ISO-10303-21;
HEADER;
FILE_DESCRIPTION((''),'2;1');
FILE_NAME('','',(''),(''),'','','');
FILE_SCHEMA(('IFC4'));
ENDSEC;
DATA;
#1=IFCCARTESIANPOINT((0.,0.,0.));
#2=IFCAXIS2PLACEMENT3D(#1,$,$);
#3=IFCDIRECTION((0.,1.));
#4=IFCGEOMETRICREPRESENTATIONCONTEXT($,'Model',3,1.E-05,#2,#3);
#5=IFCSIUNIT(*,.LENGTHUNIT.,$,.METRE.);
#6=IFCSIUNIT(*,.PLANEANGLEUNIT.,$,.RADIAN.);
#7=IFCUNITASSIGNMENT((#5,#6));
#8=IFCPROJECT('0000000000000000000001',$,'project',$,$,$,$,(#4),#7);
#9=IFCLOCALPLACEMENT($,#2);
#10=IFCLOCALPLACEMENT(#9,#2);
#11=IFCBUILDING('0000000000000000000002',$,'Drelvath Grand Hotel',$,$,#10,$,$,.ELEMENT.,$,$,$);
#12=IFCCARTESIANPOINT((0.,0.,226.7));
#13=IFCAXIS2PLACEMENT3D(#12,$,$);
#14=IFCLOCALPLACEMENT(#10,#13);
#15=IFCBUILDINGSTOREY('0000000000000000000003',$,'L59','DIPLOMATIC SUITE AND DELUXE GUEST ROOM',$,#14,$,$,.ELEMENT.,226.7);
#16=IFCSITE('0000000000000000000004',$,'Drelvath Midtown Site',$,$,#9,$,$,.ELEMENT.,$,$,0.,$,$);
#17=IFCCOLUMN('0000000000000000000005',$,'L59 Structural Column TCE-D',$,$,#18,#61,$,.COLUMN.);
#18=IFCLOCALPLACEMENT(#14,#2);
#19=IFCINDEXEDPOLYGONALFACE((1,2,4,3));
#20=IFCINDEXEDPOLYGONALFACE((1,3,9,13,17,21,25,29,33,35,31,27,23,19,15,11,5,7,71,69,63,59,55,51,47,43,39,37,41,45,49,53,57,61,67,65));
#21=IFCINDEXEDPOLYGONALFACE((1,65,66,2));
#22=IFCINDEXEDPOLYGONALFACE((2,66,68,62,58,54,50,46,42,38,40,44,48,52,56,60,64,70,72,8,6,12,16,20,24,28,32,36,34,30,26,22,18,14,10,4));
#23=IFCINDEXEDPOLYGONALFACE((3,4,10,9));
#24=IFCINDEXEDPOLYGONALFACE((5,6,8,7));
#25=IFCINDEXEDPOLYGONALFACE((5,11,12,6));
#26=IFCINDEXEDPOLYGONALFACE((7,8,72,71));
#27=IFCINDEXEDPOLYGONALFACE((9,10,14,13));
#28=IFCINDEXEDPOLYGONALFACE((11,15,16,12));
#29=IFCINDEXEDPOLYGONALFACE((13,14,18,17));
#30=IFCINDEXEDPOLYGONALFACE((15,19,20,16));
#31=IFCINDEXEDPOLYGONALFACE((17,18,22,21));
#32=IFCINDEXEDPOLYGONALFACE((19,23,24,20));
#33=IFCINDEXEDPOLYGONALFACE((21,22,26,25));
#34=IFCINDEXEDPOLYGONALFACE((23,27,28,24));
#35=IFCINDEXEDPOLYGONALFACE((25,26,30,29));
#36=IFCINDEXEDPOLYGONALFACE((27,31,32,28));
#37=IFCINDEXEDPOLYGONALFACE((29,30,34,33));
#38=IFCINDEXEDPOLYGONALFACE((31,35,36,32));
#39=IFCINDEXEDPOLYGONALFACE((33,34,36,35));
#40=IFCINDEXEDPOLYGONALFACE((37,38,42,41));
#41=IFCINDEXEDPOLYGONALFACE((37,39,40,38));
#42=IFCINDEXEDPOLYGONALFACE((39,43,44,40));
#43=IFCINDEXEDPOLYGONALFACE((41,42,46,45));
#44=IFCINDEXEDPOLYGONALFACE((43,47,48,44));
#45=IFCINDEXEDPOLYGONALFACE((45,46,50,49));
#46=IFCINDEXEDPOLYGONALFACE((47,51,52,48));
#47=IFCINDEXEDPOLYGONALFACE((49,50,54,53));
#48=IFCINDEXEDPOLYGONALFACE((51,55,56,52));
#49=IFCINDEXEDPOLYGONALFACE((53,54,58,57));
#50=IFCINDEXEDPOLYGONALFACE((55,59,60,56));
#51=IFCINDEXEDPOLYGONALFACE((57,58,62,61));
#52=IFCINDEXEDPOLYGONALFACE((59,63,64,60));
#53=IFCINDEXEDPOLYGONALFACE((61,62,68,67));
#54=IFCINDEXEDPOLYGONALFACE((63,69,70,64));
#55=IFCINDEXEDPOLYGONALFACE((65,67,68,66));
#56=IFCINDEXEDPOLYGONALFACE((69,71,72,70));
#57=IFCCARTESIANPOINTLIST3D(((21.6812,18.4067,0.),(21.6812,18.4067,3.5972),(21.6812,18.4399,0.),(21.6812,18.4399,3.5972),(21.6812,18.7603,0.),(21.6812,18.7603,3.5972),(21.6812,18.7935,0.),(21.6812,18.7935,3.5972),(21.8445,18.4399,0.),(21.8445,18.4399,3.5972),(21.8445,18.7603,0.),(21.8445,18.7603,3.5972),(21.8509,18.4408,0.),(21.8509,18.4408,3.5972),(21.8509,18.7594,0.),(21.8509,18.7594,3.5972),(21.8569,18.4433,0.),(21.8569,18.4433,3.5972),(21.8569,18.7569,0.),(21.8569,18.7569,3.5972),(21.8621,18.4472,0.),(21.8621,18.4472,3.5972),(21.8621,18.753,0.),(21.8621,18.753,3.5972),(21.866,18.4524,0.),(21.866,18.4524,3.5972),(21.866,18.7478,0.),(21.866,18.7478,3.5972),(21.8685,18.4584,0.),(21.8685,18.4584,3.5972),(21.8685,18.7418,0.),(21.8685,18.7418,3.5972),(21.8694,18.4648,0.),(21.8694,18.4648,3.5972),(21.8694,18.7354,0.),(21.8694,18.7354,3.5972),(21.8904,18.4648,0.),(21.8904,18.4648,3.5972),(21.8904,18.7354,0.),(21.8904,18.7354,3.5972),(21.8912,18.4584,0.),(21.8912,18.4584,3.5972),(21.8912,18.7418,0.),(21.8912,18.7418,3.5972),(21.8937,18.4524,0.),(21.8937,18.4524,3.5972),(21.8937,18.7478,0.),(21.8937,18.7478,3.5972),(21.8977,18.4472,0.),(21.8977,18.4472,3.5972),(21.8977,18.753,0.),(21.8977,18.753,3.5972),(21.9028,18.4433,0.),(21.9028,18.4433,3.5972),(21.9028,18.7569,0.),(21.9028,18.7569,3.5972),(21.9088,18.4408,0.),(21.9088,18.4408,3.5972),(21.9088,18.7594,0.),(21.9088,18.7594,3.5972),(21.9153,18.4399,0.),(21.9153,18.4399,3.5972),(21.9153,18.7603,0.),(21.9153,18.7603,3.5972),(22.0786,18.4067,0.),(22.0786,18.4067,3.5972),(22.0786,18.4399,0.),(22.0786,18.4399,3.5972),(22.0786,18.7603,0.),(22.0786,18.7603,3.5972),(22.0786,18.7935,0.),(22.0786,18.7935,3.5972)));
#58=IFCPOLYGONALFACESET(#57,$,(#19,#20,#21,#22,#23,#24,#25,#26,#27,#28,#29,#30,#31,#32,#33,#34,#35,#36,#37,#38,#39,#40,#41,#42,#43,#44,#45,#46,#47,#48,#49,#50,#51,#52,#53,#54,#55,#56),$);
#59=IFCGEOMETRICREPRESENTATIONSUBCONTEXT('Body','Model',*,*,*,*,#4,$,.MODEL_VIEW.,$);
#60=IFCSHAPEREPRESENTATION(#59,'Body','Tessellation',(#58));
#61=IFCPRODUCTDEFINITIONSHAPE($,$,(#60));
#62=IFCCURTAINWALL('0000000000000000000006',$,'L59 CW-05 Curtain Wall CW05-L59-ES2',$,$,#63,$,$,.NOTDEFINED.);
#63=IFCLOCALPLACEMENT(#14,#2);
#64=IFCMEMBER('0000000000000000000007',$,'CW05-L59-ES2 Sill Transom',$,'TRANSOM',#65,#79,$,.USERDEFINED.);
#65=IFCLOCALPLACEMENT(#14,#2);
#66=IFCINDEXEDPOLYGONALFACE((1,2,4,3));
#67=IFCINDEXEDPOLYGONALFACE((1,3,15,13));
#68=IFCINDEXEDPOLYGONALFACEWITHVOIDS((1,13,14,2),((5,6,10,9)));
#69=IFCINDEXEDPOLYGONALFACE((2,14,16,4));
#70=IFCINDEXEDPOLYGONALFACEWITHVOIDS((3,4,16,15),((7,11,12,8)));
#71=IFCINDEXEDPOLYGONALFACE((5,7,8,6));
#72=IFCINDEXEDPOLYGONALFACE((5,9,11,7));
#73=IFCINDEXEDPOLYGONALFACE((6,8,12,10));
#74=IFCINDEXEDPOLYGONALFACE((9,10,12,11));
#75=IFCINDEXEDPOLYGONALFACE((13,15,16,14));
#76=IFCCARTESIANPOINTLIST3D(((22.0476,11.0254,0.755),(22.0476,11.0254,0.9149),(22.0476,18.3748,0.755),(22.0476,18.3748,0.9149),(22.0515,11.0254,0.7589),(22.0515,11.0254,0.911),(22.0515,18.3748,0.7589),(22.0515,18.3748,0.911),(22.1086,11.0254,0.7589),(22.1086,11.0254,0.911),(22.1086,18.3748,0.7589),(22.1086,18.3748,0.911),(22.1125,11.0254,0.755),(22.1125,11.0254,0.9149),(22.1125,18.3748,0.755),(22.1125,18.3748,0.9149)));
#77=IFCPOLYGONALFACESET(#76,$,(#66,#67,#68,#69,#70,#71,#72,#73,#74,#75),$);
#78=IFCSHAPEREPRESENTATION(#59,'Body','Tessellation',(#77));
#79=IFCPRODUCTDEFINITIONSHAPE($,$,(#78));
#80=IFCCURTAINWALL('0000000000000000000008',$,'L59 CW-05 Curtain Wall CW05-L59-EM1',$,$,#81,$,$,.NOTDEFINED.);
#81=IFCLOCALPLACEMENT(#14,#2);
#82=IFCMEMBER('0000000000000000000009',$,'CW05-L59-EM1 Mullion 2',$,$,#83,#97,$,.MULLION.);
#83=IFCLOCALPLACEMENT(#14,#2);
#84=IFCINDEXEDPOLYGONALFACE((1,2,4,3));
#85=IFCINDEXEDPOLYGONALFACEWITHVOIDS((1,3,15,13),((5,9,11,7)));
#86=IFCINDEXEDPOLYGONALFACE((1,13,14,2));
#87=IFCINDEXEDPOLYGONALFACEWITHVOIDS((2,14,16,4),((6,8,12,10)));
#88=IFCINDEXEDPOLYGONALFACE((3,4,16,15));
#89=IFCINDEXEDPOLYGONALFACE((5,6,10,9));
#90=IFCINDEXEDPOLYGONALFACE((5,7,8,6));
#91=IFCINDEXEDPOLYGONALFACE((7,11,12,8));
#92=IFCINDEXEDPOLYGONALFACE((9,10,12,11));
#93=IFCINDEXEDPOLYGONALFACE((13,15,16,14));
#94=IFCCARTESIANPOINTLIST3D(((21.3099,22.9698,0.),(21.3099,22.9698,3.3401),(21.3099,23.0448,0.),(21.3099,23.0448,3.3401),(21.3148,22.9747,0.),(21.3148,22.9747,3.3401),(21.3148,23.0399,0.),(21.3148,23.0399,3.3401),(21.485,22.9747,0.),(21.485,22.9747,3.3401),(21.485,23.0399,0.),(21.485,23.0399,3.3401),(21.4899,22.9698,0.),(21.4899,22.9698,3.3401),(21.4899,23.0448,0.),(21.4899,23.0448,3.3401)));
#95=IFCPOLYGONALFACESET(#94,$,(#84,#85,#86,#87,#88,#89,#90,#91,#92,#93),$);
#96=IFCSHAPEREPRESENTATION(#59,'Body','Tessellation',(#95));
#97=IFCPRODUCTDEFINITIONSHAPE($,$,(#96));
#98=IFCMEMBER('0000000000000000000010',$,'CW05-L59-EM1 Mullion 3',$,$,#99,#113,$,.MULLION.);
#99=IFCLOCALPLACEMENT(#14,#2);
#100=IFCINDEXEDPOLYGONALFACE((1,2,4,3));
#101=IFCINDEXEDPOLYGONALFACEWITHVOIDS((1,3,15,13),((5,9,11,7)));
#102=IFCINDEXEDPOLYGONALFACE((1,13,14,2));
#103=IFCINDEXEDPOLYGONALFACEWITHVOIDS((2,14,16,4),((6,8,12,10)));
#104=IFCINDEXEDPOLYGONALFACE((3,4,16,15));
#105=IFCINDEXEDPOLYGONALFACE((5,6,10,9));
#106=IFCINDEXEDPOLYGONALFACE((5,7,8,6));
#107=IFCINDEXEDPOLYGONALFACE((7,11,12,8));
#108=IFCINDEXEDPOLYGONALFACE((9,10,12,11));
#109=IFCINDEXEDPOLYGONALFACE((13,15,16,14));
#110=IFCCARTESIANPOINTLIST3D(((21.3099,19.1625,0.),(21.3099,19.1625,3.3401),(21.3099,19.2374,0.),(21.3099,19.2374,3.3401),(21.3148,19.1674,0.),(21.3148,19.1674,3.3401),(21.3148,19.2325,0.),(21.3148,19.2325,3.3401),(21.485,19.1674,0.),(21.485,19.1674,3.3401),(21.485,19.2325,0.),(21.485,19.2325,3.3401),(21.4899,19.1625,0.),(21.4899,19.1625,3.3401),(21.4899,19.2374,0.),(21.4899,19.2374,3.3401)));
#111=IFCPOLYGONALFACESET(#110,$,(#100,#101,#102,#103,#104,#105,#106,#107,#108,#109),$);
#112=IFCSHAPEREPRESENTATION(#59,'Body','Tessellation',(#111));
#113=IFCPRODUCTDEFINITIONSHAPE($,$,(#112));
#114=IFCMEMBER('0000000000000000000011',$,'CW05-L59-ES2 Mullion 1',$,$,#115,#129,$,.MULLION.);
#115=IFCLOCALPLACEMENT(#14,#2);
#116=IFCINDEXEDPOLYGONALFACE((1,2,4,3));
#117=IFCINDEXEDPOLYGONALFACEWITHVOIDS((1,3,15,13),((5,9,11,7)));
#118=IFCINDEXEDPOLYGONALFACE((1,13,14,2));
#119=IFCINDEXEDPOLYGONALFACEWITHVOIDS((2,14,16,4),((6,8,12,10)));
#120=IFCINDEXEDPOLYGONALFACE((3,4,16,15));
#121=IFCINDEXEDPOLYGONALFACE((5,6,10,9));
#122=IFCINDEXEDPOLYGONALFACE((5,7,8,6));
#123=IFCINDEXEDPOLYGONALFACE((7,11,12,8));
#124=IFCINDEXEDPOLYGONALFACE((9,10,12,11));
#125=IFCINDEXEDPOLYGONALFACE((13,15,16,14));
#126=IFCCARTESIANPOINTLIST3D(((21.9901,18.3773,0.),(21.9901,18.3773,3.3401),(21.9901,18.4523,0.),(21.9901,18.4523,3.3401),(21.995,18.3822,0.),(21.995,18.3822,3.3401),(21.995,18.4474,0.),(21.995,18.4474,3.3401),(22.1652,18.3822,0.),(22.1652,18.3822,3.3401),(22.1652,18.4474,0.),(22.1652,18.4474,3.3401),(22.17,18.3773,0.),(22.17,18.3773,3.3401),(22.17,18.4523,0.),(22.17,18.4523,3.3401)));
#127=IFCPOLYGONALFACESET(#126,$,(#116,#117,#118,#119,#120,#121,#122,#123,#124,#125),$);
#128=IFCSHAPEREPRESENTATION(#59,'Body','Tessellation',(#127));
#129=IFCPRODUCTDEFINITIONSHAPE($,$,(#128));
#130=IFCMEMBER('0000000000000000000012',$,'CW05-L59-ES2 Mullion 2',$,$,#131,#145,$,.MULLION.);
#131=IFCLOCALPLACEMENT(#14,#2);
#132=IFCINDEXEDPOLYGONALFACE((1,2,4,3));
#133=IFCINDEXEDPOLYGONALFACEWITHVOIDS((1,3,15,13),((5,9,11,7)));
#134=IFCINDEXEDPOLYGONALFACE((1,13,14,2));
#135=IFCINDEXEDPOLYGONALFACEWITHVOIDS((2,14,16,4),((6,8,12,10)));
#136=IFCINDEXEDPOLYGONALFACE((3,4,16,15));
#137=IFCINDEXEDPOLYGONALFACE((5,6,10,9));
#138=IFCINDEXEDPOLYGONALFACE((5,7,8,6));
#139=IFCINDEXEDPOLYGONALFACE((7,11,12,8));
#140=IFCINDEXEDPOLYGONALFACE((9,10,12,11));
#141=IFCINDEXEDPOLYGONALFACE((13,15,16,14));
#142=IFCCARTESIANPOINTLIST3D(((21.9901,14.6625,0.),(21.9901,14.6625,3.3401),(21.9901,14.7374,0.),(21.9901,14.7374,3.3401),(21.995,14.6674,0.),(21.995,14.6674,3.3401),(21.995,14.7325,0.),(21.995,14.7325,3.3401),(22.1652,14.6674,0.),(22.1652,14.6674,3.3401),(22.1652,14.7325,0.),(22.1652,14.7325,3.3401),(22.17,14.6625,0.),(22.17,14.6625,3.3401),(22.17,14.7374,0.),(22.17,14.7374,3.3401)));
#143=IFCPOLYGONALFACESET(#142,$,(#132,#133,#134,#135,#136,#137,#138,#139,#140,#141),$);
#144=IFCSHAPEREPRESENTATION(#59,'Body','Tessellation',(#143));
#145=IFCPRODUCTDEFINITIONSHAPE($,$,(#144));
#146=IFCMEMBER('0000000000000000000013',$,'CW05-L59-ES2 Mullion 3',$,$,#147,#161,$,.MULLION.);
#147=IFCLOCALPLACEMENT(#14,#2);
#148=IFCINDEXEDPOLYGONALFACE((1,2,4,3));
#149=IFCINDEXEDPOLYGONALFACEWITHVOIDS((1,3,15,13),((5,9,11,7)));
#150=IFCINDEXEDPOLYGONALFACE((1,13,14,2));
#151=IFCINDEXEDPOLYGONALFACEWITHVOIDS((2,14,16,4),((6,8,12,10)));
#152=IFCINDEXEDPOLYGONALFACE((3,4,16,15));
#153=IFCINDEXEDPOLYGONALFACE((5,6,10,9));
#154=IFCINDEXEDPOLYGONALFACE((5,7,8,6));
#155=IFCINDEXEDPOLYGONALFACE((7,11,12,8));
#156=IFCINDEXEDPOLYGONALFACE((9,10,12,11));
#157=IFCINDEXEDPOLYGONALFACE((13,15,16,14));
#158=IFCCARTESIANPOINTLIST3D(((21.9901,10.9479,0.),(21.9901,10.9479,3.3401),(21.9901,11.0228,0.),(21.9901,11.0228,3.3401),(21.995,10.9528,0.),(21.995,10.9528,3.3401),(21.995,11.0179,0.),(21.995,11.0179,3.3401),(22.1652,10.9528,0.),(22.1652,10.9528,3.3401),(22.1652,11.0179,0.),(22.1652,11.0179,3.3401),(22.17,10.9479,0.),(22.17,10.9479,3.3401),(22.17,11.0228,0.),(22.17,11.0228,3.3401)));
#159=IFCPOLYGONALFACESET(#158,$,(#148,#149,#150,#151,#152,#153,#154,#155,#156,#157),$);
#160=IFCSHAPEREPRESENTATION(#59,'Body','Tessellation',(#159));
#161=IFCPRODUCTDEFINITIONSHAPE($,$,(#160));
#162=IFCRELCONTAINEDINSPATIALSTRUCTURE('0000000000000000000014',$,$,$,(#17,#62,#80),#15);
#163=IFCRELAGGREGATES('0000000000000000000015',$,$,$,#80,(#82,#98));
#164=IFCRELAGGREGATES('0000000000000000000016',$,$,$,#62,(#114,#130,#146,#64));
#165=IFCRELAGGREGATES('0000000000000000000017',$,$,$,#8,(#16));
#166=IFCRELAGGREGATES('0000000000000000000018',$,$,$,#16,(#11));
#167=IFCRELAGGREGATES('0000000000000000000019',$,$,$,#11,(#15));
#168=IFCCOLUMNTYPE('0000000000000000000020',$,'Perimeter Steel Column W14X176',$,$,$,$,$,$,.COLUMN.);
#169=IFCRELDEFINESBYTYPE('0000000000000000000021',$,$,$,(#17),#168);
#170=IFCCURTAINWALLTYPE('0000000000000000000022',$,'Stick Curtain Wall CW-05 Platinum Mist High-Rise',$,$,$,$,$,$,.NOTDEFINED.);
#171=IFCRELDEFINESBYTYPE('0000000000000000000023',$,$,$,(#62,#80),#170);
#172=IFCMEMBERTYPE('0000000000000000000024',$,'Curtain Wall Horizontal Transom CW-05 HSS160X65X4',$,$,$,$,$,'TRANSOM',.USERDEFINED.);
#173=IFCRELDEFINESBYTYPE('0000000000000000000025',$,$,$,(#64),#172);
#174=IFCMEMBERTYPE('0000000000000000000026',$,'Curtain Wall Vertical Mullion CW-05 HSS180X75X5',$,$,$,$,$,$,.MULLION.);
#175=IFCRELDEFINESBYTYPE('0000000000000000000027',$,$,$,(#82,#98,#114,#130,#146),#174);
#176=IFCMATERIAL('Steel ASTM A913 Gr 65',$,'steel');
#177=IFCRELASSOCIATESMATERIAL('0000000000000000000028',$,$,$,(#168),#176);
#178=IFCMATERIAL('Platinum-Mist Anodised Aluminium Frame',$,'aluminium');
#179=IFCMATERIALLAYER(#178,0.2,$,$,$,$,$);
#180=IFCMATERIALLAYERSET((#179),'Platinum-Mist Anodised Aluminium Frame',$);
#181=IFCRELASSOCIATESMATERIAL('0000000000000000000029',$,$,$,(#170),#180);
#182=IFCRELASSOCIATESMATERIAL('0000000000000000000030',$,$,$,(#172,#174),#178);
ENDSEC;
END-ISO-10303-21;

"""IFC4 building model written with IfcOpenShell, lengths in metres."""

from ifc_helpers import new_model, si_unit, direction, frame, origin, origin_2d, place, context, subcontext, project, spatial, hollow_rectangle, i_section, extrude, material, layer, layer_set, material_profile, profile_set, type_object, element, aggregate, save


model = new_model("IFC4")

# Units and contexts
model_context = context("Model", 3, precision=1e-05, world=origin(), true_north=direction((0.0, 1.0)))
body_context = subcontext(model_context, "Body", "Model", "MODEL_VIEW")
ifc_project = project(units=[si_unit("LENGTHUNIT", "METRE"), si_unit("PLANEANGLEUNIT", "RADIAN")], contexts=[model_context])

# Site, building, storey
site_placement = place(None, origin())
site = spatial("IfcSite", under=ifc_project, at=site_placement, Name="Drelvath Midtown Site", CompositionType="ELEMENT", RefElevation=0.0)
building_placement = place(site_placement, origin())
building = spatial("IfcBuilding", under=site, at=building_placement, Name="Drelvath Grand Hotel", CompositionType="ELEMENT")
storey_placement = place(building_placement, frame((0.0, 0.0, 226.7)))
storey = spatial("IfcBuildingStorey", under=building, at=storey_placement, Name="L59", Description="DIPLOMATIC SUITE AND DELUXE GUEST ROOM", CompositionType="ELEMENT", Elevation=226.7)

# Column
ifc_material_1 = material(Name="Steel ASTM A913 Gr 65", Category="steel")
ifc_material_profile_1 = material_profile(ifc_material_1, i_section(OverallWidth=0.3975, OverallDepth=0.3867, WebThickness=0.021, FlangeThickness=0.0332, FilletRadius=0.0249, at=origin_2d()), Name="W14X176")
ifc_profile_set_1 = profile_set([ifc_material_profile_1], Name="Steel ASTM A913 Gr 65")
column_type = type_object("IfcColumnType", Name="Perimeter Steel Column W14X176", PredefinedType="COLUMN", material=ifc_profile_set_1)
column_placement = place(storey_placement, frame((21.8799, 18.6001, 0.0), z_axis=(0.0, 0.0, 1.0), x_axis=(1.0, 0.0, 0.0)))
element("IfcColumn", 1, at=column_placement, inside=storey, type_object=column_type, Name="L59 Structural Column TCE-D", PredefinedType="COLUMN", context=body_context, shape_type="SweptSolid", body=[
    extrude(i_section(OverallWidth=0.3975, OverallDepth=0.3867, WebThickness=0.021, FlangeThickness=0.0332, FilletRadius=0.0249, at=origin_2d()), origin(), (0.0, 0.0, 1.0), 3.5972),
])

# Curtain wall, member
ifc_material_2 = material(Name="Platinum-Mist Anodised Aluminium Frame", Category="aluminium")
ifc_layer_1 = layer(ifc_material_2, 0.2)
ifc_layer_set_1 = layer_set([ifc_layer_1], Name="Platinum-Mist Anodised Aluminium Frame")
curtain_wall_type = type_object("IfcCurtainWallType", Name="Stick Curtain Wall CW-05 Platinum Mist High-Rise", PredefinedType="NOTDEFINED", material=ifc_layer_set_1)
curtain_wall_1_placement = place(storey_placement, origin())
curtain_wall_1 = element("IfcCurtainWall", 2, at=curtain_wall_1_placement, inside=storey, type_object=curtain_wall_type, Name="L59 CW-05 Curtain Wall CW05-L59-ES2", PredefinedType="NOTDEFINED")
ifc_material_profile_2 = material_profile(ifc_material_2, hollow_rectangle(XDim=0.0649, YDim=0.1599, WallThickness=0.0039, at=origin_2d()), Name="HSS160X65X4")
ifc_profile_set_2 = profile_set([ifc_material_profile_2], Name="Platinum-Mist Anodised Aluminium Frame")
member_type_1 = type_object("IfcMemberType", Name="Curtain Wall Horizontal Transom CW-05 HSS160X65X4", ElementType="TRANSOM", PredefinedType="USERDEFINED", material=ifc_profile_set_2)
member_1_placement = place(storey_placement, frame((22.0801, 18.3748, 0.835), z_axis=(0.0, -1.0, 0.0), x_axis=(1.0, 0.0, 0.0)))
member_1 = element("IfcMember", 3, at=member_1_placement, type_object=member_type_1, Name="CW05-L59-ES2 Sill Transom", ObjectType="TRANSOM", PredefinedType="USERDEFINED", context=body_context, shape_type="SweptSolid", body=[
    extrude(hollow_rectangle(XDim=0.0649, YDim=0.1599, WallThickness=0.0039, at=origin_2d()), origin(), (0.0, 0.0, 1.0), 7.3494),
])

# Curtain wall, members
curtain_wall_2_placement = place(storey_placement, origin())
curtain_wall_2 = element("IfcCurtainWall", 4, at=curtain_wall_2_placement, inside=storey, type_object=curtain_wall_type, Name="L59 CW-05 Curtain Wall CW05-L59-EM1", PredefinedType="NOTDEFINED")
ifc_material_profile_3 = material_profile(ifc_material_2, hollow_rectangle(XDim=0.075, YDim=0.1799, WallThickness=0.0049, at=origin_2d()), Name="HSS180X75X5")
ifc_profile_set_3 = profile_set([ifc_material_profile_3], Name="Platinum-Mist Anodised Aluminium Frame")
member_type_2 = type_object("IfcMemberType", Name="Curtain Wall Vertical Mullion CW-05 HSS180X75X5", PredefinedType="MULLION", material=ifc_profile_set_3)
member_2_placement = place(storey_placement, frame((21.3999, 23.0073, 0.0), z_axis=(0.0, 0.0, 1.0), x_axis=(0.0, 1.0, 0.0)))
member_2 = element("IfcMember", 5, at=member_2_placement, type_object=member_type_2, Name="CW05-L59-EM1 Mullion 2", PredefinedType="MULLION", context=body_context, shape_type="SweptSolid", body=[
    extrude(hollow_rectangle(XDim=0.075, YDim=0.1799, WallThickness=0.0049, at=origin_2d()), origin(), (0.0, 0.0, 1.0), 3.3401),
])
member_3_placement = place(storey_placement, frame((21.3999, 19.2, 0.0), z_axis=(0.0, 0.0, 1.0), x_axis=(0.0, 1.0, 0.0)))
member_3 = element("IfcMember", 6, at=member_3_placement, type_object=member_type_2, Name="CW05-L59-EM1 Mullion 3", PredefinedType="MULLION", context=body_context, shape_type="SweptSolid", body=[
    extrude(hollow_rectangle(XDim=0.075, YDim=0.1799, WallThickness=0.0049, at=origin_2d()), origin(), (0.0, 0.0, 1.0), 3.3401),
])

# Members
member_4_placement = place(storey_placement, frame((22.0801, 18.4148, 0.0), z_axis=(0.0, 0.0, 1.0), x_axis=(0.0, 1.0, 0.0)))
member_4 = element("IfcMember", 7, at=member_4_placement, type_object=member_type_2, Name="CW05-L59-ES2 Mullion 1", PredefinedType="MULLION", context=body_context, shape_type="SweptSolid", body=[
    extrude(hollow_rectangle(XDim=0.075, YDim=0.1799, WallThickness=0.0049, at=origin_2d()), origin(), (0.0, 0.0, 1.0), 3.3401),
])
member_5_placement = place(storey_placement, frame((22.0801, 14.7, 0.0), z_axis=(0.0, 0.0, 1.0), x_axis=(0.0, 1.0, 0.0)))
member_5 = element("IfcMember", 8, at=member_5_placement, type_object=member_type_2, Name="CW05-L59-ES2 Mullion 2", PredefinedType="MULLION", context=body_context, shape_type="SweptSolid", body=[
    extrude(hollow_rectangle(XDim=0.075, YDim=0.1799, WallThickness=0.0049, at=origin_2d()), origin(), (0.0, 0.0, 1.0), 3.3401),
])
member_6_placement = place(storey_placement, frame((22.0801, 10.9854, 0.0), z_axis=(0.0, 0.0, 1.0), x_axis=(0.0, 1.0, 0.0)))
member_6 = element("IfcMember", 9, at=member_6_placement, type_object=member_type_2, Name="CW05-L59-ES2 Mullion 3", PredefinedType="MULLION", context=body_context, shape_type="SweptSolid", body=[
    extrude(hollow_rectangle(XDim=0.075, YDim=0.1799, WallThickness=0.0049, at=origin_2d()), origin(), (0.0, 0.0, 1.0), 3.3401),
])

aggregate(curtain_wall_2, [member_2, member_3])
aggregate(curtain_wall_1, [member_4, member_5, member_6, member_1])

save(model, "model.ifc")
